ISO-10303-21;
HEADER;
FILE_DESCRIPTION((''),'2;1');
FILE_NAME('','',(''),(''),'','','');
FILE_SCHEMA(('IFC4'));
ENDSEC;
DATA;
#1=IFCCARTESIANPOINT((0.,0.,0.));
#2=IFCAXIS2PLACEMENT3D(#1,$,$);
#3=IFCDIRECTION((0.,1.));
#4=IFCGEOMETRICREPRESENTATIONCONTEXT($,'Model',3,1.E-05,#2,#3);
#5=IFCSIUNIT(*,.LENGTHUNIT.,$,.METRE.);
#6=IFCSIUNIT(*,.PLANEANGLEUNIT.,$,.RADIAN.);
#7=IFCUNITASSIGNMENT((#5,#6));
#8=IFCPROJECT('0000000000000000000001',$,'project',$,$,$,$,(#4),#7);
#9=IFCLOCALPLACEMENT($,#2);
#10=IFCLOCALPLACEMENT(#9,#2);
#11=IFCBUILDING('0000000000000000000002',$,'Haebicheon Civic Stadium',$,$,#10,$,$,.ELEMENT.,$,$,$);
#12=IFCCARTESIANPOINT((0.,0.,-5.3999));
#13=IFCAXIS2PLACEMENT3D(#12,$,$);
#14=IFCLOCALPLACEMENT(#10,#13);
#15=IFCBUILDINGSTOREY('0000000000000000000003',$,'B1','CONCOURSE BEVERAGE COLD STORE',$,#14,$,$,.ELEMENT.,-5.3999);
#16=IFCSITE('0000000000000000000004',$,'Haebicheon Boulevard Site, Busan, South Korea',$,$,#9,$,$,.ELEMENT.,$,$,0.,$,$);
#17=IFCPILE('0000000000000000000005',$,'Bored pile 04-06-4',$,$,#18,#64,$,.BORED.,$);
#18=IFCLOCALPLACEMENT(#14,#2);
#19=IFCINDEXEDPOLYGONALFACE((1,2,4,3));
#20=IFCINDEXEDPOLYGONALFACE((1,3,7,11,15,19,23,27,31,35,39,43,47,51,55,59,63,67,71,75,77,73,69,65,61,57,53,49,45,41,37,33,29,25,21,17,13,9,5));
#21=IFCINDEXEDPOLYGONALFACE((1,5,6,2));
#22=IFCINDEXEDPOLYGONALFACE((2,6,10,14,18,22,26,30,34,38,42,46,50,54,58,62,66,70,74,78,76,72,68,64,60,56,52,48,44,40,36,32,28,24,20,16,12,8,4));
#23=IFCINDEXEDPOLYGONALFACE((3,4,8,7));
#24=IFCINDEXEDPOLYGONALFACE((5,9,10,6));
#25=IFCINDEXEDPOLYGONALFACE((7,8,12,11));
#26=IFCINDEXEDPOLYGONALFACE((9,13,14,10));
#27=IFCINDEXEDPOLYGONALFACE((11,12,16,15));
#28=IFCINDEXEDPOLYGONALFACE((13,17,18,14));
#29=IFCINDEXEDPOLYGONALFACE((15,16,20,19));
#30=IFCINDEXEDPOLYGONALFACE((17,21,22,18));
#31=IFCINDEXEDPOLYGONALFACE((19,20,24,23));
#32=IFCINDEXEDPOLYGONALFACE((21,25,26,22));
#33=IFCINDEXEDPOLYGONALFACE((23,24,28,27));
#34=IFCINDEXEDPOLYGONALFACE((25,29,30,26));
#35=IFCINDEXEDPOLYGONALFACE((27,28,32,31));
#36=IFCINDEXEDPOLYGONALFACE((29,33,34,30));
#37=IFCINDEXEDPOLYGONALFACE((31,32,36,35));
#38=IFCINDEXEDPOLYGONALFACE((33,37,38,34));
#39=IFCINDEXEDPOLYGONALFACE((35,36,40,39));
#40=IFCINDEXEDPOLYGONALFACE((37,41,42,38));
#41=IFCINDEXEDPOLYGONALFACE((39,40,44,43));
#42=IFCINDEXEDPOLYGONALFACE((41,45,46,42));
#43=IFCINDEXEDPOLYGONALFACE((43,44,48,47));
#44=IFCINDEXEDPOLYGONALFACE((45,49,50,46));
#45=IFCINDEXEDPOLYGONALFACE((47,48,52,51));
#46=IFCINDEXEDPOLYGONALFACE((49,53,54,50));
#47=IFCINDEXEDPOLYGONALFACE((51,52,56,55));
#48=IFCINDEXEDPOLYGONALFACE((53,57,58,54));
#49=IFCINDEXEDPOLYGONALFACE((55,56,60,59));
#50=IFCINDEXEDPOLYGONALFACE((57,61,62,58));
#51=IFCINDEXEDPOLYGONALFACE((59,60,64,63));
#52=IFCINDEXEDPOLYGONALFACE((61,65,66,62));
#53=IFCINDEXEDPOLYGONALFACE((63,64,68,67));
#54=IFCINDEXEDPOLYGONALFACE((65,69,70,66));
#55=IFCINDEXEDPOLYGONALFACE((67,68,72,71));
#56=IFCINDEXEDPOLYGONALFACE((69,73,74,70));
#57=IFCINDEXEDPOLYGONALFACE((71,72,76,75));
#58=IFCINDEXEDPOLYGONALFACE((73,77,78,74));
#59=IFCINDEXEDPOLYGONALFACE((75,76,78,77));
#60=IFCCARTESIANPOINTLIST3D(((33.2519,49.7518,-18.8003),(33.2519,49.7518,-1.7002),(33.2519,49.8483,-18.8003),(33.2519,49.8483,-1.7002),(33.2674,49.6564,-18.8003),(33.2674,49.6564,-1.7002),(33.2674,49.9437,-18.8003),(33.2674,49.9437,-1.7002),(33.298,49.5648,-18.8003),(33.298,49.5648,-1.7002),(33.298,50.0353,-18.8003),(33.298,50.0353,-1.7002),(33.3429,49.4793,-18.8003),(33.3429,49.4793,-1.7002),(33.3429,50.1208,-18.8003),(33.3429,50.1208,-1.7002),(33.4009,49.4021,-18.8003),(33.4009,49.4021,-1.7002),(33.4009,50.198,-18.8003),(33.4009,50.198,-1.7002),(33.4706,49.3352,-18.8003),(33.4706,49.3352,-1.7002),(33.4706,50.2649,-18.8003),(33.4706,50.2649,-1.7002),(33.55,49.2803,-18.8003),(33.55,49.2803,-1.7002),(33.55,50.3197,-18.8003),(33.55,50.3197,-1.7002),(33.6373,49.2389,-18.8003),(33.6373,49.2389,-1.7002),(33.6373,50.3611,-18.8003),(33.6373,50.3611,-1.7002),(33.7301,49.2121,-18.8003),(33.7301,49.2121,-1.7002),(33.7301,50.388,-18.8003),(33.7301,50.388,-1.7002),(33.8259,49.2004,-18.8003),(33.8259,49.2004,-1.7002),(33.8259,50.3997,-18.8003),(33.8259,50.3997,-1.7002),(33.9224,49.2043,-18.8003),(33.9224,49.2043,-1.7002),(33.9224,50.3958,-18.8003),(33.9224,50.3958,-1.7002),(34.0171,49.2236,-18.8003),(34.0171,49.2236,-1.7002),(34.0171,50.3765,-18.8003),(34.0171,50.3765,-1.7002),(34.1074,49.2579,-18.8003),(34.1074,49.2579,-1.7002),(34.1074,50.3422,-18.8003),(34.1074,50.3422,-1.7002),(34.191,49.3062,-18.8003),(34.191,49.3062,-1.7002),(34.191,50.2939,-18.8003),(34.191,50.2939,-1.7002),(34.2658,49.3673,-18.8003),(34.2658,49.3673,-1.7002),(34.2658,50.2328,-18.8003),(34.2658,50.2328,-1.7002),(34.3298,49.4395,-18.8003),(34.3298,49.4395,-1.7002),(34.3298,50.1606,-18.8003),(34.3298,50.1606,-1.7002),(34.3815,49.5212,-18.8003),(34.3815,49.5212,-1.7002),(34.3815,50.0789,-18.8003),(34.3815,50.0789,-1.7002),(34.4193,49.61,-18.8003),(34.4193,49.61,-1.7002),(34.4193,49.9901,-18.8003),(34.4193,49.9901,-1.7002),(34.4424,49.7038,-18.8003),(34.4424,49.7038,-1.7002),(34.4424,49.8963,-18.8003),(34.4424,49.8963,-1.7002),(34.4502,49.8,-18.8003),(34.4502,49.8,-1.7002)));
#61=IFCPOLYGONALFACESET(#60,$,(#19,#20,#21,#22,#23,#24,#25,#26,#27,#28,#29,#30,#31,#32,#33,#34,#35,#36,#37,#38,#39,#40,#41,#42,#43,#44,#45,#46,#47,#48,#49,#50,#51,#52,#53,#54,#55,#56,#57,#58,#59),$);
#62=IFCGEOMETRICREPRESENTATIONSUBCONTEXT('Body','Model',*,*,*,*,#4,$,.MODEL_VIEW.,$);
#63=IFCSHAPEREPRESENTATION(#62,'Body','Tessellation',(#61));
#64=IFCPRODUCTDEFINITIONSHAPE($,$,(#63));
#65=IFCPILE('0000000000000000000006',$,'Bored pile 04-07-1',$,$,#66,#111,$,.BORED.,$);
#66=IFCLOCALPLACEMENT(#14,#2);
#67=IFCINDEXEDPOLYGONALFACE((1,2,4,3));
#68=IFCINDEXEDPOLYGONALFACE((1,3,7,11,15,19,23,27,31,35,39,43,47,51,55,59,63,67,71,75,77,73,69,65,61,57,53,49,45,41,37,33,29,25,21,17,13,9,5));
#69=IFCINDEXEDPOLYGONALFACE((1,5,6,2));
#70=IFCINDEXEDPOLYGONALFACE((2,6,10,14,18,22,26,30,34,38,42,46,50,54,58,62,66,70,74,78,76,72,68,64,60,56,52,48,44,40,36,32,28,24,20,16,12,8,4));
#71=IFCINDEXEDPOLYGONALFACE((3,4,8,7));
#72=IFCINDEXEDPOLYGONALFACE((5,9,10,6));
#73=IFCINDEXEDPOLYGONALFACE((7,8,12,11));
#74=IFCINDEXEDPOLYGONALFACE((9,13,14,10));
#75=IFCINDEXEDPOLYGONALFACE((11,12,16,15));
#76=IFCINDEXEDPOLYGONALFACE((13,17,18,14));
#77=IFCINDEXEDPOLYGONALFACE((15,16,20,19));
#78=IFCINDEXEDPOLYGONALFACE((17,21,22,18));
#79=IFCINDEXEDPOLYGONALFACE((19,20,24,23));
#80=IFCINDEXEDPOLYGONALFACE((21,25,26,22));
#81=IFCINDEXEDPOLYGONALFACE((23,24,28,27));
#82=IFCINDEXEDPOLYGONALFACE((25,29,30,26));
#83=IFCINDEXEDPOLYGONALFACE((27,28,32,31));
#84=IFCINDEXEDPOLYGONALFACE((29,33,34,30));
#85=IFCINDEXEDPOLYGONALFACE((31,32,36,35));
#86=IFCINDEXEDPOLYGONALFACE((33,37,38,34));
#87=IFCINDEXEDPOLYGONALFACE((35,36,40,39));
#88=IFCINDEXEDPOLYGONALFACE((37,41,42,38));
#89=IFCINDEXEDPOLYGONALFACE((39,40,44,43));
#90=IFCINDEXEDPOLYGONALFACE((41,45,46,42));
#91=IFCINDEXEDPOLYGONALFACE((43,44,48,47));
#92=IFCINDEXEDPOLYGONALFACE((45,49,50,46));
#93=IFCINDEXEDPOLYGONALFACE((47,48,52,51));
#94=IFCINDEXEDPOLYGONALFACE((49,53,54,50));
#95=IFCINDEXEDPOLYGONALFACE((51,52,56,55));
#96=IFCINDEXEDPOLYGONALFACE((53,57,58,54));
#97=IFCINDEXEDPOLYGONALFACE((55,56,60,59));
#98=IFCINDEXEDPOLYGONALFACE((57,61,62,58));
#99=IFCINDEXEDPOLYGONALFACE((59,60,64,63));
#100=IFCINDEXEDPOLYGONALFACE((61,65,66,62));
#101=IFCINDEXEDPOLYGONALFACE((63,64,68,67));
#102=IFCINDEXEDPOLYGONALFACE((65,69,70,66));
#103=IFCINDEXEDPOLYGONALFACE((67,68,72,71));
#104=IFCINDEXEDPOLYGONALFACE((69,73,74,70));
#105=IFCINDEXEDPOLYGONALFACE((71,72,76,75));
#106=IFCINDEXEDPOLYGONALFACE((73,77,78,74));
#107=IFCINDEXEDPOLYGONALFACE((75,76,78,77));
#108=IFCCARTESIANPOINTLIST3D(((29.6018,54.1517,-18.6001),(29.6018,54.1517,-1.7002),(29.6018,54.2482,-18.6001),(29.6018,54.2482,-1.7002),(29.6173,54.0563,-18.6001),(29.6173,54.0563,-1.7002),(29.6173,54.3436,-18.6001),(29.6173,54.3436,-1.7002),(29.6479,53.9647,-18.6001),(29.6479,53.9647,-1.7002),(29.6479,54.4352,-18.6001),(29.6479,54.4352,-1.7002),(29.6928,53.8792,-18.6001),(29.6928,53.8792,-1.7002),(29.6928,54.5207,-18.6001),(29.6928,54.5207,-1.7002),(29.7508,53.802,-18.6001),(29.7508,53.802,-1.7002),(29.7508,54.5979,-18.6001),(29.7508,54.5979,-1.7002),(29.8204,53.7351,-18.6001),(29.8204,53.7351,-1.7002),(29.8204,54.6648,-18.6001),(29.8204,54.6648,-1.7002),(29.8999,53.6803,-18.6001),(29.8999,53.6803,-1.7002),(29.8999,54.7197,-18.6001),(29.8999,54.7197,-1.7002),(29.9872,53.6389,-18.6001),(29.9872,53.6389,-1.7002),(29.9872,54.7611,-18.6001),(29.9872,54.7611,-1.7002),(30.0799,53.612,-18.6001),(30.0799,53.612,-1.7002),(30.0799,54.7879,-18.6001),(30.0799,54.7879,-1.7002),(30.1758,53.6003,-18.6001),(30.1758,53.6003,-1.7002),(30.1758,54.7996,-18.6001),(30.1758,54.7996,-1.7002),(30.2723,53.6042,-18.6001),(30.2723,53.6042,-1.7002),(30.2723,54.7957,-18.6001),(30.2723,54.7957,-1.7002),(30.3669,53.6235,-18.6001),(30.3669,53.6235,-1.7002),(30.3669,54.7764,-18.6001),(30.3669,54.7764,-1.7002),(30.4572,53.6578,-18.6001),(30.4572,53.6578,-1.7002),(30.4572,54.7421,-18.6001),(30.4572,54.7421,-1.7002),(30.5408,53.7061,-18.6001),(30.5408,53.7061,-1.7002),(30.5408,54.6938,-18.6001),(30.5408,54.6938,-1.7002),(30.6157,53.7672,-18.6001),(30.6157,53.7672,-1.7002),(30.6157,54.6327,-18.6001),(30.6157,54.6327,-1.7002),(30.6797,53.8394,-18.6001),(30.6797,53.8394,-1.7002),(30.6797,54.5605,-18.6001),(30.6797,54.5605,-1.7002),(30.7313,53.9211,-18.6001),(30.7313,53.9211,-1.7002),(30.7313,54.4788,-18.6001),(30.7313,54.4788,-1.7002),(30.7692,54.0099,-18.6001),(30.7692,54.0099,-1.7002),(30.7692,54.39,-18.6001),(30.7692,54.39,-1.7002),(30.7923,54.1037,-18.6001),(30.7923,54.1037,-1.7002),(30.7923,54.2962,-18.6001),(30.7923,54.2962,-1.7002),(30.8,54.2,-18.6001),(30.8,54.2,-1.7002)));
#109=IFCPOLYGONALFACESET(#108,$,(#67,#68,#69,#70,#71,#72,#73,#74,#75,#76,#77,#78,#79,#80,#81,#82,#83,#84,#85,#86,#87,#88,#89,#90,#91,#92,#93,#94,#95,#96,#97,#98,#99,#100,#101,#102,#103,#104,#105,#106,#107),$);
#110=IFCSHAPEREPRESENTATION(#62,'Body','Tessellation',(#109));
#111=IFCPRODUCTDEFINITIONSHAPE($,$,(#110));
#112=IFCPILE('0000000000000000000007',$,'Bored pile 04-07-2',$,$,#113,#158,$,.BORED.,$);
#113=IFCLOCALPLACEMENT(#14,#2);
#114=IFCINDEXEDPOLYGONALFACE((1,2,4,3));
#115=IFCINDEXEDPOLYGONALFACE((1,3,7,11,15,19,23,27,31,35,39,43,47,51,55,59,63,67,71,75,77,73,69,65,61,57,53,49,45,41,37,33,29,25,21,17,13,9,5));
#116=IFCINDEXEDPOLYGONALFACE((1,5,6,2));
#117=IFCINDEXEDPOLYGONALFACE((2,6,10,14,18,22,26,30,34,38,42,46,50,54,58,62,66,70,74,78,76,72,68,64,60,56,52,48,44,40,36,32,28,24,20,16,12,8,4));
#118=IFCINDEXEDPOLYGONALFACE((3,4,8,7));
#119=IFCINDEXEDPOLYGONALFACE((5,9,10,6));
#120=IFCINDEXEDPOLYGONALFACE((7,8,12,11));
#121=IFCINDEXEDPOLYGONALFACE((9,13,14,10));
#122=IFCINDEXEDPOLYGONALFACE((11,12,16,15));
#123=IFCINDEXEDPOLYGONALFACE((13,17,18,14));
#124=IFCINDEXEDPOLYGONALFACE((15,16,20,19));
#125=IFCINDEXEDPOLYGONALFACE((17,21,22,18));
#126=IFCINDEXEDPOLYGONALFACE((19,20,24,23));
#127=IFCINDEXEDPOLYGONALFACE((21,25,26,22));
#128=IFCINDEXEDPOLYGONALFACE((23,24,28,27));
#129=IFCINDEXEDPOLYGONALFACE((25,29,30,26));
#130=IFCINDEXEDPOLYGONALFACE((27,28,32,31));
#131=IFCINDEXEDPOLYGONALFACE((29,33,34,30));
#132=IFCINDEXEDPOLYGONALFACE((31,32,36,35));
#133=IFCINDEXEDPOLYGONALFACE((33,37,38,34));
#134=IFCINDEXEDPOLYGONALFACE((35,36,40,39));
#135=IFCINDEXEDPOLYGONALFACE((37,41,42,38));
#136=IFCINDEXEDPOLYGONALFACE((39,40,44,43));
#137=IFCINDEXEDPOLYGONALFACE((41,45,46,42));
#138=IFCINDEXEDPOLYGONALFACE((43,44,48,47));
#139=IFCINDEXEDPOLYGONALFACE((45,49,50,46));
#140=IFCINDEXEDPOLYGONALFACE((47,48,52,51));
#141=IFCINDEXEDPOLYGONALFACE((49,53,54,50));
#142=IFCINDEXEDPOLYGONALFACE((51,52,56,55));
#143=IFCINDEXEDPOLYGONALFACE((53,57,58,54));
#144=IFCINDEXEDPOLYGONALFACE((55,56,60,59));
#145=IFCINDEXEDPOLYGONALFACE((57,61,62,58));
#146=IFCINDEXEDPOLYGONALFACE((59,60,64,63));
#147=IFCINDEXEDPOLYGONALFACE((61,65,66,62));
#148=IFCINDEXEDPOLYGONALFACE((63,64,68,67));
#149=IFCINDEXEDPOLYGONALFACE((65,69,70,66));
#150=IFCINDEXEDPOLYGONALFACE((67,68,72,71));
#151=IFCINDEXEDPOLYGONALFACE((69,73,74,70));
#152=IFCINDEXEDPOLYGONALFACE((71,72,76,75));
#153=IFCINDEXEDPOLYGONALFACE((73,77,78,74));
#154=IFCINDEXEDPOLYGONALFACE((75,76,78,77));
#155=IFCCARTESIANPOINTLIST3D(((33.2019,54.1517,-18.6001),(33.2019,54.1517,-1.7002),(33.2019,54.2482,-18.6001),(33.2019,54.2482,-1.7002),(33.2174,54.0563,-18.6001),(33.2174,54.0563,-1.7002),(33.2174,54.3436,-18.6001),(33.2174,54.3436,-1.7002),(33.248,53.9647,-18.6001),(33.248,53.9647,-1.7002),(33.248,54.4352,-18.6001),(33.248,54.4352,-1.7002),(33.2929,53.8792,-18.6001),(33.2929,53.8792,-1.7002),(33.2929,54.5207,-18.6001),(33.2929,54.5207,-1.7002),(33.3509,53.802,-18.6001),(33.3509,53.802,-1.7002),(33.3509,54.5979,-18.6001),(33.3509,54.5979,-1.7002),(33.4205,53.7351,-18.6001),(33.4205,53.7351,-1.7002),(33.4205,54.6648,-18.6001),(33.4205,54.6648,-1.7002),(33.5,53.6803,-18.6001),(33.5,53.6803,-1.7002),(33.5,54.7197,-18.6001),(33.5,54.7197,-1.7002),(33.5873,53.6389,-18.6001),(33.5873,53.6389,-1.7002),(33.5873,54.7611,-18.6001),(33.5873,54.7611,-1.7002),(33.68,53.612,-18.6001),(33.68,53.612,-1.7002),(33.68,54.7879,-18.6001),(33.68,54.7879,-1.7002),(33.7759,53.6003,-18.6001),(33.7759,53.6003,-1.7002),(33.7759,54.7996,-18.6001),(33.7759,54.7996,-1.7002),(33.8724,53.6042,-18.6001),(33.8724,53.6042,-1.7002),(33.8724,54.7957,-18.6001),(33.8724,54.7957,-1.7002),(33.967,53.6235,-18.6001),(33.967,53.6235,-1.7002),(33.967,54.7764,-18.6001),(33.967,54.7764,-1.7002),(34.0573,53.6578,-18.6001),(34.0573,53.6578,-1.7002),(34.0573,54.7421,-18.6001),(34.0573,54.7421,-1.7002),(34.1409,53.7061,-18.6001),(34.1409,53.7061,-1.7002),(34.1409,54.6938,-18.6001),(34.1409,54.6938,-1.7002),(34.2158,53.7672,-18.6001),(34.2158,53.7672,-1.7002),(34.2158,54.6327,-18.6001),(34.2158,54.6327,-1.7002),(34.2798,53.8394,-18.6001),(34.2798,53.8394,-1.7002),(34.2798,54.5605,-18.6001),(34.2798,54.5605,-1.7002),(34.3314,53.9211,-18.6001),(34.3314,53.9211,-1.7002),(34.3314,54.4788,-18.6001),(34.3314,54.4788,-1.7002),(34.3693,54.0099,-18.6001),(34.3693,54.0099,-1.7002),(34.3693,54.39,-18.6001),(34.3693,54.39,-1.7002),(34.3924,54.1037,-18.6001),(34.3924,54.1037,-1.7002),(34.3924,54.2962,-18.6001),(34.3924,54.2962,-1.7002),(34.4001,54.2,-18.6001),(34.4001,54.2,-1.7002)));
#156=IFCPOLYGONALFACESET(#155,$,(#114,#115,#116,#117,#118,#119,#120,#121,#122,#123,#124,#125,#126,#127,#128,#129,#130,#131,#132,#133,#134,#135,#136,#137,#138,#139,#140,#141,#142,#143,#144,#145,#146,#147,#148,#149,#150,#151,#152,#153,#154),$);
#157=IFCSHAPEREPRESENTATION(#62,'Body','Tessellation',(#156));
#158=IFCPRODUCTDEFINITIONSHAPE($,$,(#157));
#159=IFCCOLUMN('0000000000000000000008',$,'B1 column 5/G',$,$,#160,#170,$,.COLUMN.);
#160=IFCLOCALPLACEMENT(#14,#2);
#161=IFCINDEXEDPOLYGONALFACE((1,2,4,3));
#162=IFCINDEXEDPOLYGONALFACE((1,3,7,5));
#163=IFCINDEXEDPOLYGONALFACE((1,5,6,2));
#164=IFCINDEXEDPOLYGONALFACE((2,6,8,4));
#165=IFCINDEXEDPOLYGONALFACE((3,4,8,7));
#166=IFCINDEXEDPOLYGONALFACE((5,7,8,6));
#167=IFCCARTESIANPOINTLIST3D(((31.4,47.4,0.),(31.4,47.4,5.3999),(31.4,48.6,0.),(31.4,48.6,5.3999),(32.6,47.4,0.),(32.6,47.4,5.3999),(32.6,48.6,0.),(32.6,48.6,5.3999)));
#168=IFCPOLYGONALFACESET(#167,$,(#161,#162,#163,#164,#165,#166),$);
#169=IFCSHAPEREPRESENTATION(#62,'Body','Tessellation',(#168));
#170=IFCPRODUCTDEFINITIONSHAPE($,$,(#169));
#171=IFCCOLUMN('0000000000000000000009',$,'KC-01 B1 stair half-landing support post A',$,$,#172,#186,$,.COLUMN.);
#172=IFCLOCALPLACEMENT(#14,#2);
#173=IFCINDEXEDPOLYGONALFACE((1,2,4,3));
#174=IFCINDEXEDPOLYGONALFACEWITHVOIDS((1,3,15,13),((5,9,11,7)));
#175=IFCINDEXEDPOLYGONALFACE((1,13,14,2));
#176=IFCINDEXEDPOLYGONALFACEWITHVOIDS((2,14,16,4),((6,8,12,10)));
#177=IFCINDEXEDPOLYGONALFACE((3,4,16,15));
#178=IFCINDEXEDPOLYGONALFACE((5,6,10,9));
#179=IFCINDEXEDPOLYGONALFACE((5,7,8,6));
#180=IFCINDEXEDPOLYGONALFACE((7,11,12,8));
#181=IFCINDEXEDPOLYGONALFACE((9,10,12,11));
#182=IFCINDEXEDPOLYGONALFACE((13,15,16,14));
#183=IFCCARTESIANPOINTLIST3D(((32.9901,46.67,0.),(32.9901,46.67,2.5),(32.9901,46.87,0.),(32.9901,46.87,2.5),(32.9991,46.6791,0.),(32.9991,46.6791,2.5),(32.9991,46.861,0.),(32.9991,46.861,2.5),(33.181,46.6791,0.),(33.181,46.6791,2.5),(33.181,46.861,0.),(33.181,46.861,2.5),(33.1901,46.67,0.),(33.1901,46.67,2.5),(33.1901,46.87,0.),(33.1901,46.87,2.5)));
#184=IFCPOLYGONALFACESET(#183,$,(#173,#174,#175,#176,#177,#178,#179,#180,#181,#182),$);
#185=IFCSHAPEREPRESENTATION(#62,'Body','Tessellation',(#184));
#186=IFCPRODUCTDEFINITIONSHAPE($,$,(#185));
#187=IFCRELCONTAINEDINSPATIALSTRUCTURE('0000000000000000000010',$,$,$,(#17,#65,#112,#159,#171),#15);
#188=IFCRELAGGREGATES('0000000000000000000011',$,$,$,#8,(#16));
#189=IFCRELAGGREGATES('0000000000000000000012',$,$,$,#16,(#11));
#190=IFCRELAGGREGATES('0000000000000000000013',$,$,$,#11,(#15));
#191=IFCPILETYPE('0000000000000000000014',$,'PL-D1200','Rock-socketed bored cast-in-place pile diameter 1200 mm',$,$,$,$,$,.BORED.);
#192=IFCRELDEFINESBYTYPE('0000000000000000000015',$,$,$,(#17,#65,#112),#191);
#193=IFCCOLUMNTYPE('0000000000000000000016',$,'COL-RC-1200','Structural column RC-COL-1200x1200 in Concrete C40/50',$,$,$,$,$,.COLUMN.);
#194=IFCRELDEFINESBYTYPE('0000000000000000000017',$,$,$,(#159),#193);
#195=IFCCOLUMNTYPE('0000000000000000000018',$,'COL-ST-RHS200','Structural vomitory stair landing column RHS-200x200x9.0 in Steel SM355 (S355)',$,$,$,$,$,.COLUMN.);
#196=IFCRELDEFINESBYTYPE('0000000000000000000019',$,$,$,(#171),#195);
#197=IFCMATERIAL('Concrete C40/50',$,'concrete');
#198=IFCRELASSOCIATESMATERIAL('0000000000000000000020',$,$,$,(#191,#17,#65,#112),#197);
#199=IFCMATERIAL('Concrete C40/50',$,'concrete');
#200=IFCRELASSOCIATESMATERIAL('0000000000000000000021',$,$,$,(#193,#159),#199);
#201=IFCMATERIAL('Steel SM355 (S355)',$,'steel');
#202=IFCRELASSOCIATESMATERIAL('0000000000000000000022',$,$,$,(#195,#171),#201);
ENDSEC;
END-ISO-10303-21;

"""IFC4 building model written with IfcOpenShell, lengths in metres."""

from ifc_helpers import new_model, si_unit, direction, frame, origin, origin_2d, place, context, subcontext, project, spatial, rectangle, hollow_rectangle, circle, extrude, material, material_profile, profile_set, type_object, element, save


model = new_model("IFC4")

# Units and contexts
model_context = context("Model", 3, precision=1e-05, world=origin(), true_north=direction((0.0, 1.0)))
body_context = subcontext(model_context, "Body", "Model", "MODEL_VIEW")
ifc_project = project(units=[si_unit("LENGTHUNIT", "METRE"), si_unit("PLANEANGLEUNIT", "RADIAN")], contexts=[model_context])

# Site, building, storey
site_placement = place(None, origin())
site = spatial("IfcSite", under=ifc_project, at=site_placement, Name="Haebicheon Boulevard Site, Busan, South Korea", CompositionType="ELEMENT", RefElevation=0.0)
building_placement = place(site_placement, origin())
building = spatial("IfcBuilding", under=site, at=building_placement, Name="Haebicheon Civic Stadium", CompositionType="ELEMENT")
storey_placement = place(building_placement, frame((0.0, 0.0, -5.3999)))
storey = spatial("IfcBuildingStorey", under=building, at=storey_placement, Name="B1", Description="CONCOURSE BEVERAGE COLD STORE", CompositionType="ELEMENT", Elevation=-5.3999)

# Piles
ifc_material_1 = material(Name="Concrete C40/50", Category="concrete")
ifc_material_profile_1 = material_profile(ifc_material_1, circle(Radius=0.6001, at=origin_2d()), Name="PILE-D1200")
ifc_profile_set_1 = profile_set([ifc_material_profile_1], Name="Concrete C40/50")
pile_type = type_object("IfcPileType", Name="PL-D1200", Description="Rock-socketed bored cast-in-place pile diameter 1200 mm", PredefinedType="BORED", material=ifc_profile_set_1)
for number, where, z_axis, x_axis, name in (
    (1, (33.8501, 49.8, -1.7002), (0.0, 0.0, -1.0), (1.0, 0.0, 0.0), "Bored pile 04-06-4"),
):
    element("IfcPile", number, at=place(storey_placement, frame(where, z_axis=z_axis, x_axis=x_axis)), inside=storey, type_object=pile_type, material=ifc_profile_set_1, Name=name, PredefinedType="BORED", context=body_context, shape_type="SweptSolid", body=[
        extrude(circle(Radius=0.6001, at=origin_2d()), origin(), (0.0, 0.0, 1.0), 17.1001),
    ])
for number, where, z_axis, x_axis, name in (
    (2, (30.2, 54.2, -1.7002), (0.0, 0.0, -1.0), (1.0, 0.0, 0.0), "Bored pile 04-07-1"),
    (3, (33.8, 54.2, -1.7002), (0.0, 0.0, -1.0), (1.0, 0.0, 0.0), "Bored pile 04-07-2"),
):
    element("IfcPile", number, at=place(storey_placement, frame(where, z_axis=z_axis, x_axis=x_axis)), inside=storey, type_object=pile_type, material=ifc_profile_set_1, Name=name, PredefinedType="BORED", context=body_context, shape_type="SweptSolid", body=[
        extrude(circle(Radius=0.6001, at=origin_2d()), origin(), (0.0, 0.0, 1.0), 16.8999),
    ])

# Columns
ifc_material_2 = material(Name="Concrete C40/50", Category="concrete")
ifc_material_profile_2 = material_profile(ifc_material_2, rectangle(XDim=1.2, YDim=1.2, at=origin_2d()), Name="RC-COL-1200x1200")
ifc_profile_set_2 = profile_set([ifc_material_profile_2], Name="Concrete C40/50")
column_type_1 = type_object("IfcColumnType", Name="COL-RC-1200", Description="Structural column RC-COL-1200x1200 in Concrete C40/50", PredefinedType="COLUMN", material=ifc_profile_set_2)
column_1_placement = place(storey_placement, frame((32.0, 48.0, 0.0), z_axis=(0.0, 0.0, 1.0), x_axis=(1.0, 0.0, 0.0)))
element("IfcColumn", 4, at=column_1_placement, inside=storey, type_object=column_type_1, material=ifc_profile_set_2, Name="B1 column 5/G", PredefinedType="COLUMN", context=body_context, shape_type="SweptSolid", body=[
    extrude(rectangle(XDim=1.2, YDim=1.2, at=origin_2d()), origin(), (0.0, 0.0, 1.0), 5.3999),
])
ifc_material_3 = material(Name="Steel SM355 (S355)", Category="steel")
ifc_material_profile_3 = material_profile(ifc_material_3, hollow_rectangle(XDim=0.2, YDim=0.2, WallThickness=0.009, at=origin_2d()), Name="RHS-200x200x9.0")
ifc_profile_set_3 = profile_set([ifc_material_profile_3], Name="Steel SM355 (S355)")
column_type_2 = type_object("IfcColumnType", Name="COL-ST-RHS200", Description="Structural vomitory stair landing column RHS-200x200x9.0 in Steel SM355 (S355)", PredefinedType="COLUMN", material=ifc_profile_set_3)
column_2_placement = place(storey_placement, frame((33.0901, 46.77, 0.0), z_axis=(0.0, 0.0, 1.0), x_axis=(1.0, 0.0, 0.0)))
element("IfcColumn", 5, at=column_2_placement, inside=storey, type_object=column_type_2, material=ifc_profile_set_3, Name="KC-01 B1 stair half-landing support post A", PredefinedType="COLUMN", context=body_context, shape_type="SweptSolid", body=[
    extrude(hollow_rectangle(XDim=0.2, YDim=0.2, WallThickness=0.009, at=origin_2d()), origin(), (0.0, 0.0, 1.0), 2.5),
])

save(model, "model.ifc")
